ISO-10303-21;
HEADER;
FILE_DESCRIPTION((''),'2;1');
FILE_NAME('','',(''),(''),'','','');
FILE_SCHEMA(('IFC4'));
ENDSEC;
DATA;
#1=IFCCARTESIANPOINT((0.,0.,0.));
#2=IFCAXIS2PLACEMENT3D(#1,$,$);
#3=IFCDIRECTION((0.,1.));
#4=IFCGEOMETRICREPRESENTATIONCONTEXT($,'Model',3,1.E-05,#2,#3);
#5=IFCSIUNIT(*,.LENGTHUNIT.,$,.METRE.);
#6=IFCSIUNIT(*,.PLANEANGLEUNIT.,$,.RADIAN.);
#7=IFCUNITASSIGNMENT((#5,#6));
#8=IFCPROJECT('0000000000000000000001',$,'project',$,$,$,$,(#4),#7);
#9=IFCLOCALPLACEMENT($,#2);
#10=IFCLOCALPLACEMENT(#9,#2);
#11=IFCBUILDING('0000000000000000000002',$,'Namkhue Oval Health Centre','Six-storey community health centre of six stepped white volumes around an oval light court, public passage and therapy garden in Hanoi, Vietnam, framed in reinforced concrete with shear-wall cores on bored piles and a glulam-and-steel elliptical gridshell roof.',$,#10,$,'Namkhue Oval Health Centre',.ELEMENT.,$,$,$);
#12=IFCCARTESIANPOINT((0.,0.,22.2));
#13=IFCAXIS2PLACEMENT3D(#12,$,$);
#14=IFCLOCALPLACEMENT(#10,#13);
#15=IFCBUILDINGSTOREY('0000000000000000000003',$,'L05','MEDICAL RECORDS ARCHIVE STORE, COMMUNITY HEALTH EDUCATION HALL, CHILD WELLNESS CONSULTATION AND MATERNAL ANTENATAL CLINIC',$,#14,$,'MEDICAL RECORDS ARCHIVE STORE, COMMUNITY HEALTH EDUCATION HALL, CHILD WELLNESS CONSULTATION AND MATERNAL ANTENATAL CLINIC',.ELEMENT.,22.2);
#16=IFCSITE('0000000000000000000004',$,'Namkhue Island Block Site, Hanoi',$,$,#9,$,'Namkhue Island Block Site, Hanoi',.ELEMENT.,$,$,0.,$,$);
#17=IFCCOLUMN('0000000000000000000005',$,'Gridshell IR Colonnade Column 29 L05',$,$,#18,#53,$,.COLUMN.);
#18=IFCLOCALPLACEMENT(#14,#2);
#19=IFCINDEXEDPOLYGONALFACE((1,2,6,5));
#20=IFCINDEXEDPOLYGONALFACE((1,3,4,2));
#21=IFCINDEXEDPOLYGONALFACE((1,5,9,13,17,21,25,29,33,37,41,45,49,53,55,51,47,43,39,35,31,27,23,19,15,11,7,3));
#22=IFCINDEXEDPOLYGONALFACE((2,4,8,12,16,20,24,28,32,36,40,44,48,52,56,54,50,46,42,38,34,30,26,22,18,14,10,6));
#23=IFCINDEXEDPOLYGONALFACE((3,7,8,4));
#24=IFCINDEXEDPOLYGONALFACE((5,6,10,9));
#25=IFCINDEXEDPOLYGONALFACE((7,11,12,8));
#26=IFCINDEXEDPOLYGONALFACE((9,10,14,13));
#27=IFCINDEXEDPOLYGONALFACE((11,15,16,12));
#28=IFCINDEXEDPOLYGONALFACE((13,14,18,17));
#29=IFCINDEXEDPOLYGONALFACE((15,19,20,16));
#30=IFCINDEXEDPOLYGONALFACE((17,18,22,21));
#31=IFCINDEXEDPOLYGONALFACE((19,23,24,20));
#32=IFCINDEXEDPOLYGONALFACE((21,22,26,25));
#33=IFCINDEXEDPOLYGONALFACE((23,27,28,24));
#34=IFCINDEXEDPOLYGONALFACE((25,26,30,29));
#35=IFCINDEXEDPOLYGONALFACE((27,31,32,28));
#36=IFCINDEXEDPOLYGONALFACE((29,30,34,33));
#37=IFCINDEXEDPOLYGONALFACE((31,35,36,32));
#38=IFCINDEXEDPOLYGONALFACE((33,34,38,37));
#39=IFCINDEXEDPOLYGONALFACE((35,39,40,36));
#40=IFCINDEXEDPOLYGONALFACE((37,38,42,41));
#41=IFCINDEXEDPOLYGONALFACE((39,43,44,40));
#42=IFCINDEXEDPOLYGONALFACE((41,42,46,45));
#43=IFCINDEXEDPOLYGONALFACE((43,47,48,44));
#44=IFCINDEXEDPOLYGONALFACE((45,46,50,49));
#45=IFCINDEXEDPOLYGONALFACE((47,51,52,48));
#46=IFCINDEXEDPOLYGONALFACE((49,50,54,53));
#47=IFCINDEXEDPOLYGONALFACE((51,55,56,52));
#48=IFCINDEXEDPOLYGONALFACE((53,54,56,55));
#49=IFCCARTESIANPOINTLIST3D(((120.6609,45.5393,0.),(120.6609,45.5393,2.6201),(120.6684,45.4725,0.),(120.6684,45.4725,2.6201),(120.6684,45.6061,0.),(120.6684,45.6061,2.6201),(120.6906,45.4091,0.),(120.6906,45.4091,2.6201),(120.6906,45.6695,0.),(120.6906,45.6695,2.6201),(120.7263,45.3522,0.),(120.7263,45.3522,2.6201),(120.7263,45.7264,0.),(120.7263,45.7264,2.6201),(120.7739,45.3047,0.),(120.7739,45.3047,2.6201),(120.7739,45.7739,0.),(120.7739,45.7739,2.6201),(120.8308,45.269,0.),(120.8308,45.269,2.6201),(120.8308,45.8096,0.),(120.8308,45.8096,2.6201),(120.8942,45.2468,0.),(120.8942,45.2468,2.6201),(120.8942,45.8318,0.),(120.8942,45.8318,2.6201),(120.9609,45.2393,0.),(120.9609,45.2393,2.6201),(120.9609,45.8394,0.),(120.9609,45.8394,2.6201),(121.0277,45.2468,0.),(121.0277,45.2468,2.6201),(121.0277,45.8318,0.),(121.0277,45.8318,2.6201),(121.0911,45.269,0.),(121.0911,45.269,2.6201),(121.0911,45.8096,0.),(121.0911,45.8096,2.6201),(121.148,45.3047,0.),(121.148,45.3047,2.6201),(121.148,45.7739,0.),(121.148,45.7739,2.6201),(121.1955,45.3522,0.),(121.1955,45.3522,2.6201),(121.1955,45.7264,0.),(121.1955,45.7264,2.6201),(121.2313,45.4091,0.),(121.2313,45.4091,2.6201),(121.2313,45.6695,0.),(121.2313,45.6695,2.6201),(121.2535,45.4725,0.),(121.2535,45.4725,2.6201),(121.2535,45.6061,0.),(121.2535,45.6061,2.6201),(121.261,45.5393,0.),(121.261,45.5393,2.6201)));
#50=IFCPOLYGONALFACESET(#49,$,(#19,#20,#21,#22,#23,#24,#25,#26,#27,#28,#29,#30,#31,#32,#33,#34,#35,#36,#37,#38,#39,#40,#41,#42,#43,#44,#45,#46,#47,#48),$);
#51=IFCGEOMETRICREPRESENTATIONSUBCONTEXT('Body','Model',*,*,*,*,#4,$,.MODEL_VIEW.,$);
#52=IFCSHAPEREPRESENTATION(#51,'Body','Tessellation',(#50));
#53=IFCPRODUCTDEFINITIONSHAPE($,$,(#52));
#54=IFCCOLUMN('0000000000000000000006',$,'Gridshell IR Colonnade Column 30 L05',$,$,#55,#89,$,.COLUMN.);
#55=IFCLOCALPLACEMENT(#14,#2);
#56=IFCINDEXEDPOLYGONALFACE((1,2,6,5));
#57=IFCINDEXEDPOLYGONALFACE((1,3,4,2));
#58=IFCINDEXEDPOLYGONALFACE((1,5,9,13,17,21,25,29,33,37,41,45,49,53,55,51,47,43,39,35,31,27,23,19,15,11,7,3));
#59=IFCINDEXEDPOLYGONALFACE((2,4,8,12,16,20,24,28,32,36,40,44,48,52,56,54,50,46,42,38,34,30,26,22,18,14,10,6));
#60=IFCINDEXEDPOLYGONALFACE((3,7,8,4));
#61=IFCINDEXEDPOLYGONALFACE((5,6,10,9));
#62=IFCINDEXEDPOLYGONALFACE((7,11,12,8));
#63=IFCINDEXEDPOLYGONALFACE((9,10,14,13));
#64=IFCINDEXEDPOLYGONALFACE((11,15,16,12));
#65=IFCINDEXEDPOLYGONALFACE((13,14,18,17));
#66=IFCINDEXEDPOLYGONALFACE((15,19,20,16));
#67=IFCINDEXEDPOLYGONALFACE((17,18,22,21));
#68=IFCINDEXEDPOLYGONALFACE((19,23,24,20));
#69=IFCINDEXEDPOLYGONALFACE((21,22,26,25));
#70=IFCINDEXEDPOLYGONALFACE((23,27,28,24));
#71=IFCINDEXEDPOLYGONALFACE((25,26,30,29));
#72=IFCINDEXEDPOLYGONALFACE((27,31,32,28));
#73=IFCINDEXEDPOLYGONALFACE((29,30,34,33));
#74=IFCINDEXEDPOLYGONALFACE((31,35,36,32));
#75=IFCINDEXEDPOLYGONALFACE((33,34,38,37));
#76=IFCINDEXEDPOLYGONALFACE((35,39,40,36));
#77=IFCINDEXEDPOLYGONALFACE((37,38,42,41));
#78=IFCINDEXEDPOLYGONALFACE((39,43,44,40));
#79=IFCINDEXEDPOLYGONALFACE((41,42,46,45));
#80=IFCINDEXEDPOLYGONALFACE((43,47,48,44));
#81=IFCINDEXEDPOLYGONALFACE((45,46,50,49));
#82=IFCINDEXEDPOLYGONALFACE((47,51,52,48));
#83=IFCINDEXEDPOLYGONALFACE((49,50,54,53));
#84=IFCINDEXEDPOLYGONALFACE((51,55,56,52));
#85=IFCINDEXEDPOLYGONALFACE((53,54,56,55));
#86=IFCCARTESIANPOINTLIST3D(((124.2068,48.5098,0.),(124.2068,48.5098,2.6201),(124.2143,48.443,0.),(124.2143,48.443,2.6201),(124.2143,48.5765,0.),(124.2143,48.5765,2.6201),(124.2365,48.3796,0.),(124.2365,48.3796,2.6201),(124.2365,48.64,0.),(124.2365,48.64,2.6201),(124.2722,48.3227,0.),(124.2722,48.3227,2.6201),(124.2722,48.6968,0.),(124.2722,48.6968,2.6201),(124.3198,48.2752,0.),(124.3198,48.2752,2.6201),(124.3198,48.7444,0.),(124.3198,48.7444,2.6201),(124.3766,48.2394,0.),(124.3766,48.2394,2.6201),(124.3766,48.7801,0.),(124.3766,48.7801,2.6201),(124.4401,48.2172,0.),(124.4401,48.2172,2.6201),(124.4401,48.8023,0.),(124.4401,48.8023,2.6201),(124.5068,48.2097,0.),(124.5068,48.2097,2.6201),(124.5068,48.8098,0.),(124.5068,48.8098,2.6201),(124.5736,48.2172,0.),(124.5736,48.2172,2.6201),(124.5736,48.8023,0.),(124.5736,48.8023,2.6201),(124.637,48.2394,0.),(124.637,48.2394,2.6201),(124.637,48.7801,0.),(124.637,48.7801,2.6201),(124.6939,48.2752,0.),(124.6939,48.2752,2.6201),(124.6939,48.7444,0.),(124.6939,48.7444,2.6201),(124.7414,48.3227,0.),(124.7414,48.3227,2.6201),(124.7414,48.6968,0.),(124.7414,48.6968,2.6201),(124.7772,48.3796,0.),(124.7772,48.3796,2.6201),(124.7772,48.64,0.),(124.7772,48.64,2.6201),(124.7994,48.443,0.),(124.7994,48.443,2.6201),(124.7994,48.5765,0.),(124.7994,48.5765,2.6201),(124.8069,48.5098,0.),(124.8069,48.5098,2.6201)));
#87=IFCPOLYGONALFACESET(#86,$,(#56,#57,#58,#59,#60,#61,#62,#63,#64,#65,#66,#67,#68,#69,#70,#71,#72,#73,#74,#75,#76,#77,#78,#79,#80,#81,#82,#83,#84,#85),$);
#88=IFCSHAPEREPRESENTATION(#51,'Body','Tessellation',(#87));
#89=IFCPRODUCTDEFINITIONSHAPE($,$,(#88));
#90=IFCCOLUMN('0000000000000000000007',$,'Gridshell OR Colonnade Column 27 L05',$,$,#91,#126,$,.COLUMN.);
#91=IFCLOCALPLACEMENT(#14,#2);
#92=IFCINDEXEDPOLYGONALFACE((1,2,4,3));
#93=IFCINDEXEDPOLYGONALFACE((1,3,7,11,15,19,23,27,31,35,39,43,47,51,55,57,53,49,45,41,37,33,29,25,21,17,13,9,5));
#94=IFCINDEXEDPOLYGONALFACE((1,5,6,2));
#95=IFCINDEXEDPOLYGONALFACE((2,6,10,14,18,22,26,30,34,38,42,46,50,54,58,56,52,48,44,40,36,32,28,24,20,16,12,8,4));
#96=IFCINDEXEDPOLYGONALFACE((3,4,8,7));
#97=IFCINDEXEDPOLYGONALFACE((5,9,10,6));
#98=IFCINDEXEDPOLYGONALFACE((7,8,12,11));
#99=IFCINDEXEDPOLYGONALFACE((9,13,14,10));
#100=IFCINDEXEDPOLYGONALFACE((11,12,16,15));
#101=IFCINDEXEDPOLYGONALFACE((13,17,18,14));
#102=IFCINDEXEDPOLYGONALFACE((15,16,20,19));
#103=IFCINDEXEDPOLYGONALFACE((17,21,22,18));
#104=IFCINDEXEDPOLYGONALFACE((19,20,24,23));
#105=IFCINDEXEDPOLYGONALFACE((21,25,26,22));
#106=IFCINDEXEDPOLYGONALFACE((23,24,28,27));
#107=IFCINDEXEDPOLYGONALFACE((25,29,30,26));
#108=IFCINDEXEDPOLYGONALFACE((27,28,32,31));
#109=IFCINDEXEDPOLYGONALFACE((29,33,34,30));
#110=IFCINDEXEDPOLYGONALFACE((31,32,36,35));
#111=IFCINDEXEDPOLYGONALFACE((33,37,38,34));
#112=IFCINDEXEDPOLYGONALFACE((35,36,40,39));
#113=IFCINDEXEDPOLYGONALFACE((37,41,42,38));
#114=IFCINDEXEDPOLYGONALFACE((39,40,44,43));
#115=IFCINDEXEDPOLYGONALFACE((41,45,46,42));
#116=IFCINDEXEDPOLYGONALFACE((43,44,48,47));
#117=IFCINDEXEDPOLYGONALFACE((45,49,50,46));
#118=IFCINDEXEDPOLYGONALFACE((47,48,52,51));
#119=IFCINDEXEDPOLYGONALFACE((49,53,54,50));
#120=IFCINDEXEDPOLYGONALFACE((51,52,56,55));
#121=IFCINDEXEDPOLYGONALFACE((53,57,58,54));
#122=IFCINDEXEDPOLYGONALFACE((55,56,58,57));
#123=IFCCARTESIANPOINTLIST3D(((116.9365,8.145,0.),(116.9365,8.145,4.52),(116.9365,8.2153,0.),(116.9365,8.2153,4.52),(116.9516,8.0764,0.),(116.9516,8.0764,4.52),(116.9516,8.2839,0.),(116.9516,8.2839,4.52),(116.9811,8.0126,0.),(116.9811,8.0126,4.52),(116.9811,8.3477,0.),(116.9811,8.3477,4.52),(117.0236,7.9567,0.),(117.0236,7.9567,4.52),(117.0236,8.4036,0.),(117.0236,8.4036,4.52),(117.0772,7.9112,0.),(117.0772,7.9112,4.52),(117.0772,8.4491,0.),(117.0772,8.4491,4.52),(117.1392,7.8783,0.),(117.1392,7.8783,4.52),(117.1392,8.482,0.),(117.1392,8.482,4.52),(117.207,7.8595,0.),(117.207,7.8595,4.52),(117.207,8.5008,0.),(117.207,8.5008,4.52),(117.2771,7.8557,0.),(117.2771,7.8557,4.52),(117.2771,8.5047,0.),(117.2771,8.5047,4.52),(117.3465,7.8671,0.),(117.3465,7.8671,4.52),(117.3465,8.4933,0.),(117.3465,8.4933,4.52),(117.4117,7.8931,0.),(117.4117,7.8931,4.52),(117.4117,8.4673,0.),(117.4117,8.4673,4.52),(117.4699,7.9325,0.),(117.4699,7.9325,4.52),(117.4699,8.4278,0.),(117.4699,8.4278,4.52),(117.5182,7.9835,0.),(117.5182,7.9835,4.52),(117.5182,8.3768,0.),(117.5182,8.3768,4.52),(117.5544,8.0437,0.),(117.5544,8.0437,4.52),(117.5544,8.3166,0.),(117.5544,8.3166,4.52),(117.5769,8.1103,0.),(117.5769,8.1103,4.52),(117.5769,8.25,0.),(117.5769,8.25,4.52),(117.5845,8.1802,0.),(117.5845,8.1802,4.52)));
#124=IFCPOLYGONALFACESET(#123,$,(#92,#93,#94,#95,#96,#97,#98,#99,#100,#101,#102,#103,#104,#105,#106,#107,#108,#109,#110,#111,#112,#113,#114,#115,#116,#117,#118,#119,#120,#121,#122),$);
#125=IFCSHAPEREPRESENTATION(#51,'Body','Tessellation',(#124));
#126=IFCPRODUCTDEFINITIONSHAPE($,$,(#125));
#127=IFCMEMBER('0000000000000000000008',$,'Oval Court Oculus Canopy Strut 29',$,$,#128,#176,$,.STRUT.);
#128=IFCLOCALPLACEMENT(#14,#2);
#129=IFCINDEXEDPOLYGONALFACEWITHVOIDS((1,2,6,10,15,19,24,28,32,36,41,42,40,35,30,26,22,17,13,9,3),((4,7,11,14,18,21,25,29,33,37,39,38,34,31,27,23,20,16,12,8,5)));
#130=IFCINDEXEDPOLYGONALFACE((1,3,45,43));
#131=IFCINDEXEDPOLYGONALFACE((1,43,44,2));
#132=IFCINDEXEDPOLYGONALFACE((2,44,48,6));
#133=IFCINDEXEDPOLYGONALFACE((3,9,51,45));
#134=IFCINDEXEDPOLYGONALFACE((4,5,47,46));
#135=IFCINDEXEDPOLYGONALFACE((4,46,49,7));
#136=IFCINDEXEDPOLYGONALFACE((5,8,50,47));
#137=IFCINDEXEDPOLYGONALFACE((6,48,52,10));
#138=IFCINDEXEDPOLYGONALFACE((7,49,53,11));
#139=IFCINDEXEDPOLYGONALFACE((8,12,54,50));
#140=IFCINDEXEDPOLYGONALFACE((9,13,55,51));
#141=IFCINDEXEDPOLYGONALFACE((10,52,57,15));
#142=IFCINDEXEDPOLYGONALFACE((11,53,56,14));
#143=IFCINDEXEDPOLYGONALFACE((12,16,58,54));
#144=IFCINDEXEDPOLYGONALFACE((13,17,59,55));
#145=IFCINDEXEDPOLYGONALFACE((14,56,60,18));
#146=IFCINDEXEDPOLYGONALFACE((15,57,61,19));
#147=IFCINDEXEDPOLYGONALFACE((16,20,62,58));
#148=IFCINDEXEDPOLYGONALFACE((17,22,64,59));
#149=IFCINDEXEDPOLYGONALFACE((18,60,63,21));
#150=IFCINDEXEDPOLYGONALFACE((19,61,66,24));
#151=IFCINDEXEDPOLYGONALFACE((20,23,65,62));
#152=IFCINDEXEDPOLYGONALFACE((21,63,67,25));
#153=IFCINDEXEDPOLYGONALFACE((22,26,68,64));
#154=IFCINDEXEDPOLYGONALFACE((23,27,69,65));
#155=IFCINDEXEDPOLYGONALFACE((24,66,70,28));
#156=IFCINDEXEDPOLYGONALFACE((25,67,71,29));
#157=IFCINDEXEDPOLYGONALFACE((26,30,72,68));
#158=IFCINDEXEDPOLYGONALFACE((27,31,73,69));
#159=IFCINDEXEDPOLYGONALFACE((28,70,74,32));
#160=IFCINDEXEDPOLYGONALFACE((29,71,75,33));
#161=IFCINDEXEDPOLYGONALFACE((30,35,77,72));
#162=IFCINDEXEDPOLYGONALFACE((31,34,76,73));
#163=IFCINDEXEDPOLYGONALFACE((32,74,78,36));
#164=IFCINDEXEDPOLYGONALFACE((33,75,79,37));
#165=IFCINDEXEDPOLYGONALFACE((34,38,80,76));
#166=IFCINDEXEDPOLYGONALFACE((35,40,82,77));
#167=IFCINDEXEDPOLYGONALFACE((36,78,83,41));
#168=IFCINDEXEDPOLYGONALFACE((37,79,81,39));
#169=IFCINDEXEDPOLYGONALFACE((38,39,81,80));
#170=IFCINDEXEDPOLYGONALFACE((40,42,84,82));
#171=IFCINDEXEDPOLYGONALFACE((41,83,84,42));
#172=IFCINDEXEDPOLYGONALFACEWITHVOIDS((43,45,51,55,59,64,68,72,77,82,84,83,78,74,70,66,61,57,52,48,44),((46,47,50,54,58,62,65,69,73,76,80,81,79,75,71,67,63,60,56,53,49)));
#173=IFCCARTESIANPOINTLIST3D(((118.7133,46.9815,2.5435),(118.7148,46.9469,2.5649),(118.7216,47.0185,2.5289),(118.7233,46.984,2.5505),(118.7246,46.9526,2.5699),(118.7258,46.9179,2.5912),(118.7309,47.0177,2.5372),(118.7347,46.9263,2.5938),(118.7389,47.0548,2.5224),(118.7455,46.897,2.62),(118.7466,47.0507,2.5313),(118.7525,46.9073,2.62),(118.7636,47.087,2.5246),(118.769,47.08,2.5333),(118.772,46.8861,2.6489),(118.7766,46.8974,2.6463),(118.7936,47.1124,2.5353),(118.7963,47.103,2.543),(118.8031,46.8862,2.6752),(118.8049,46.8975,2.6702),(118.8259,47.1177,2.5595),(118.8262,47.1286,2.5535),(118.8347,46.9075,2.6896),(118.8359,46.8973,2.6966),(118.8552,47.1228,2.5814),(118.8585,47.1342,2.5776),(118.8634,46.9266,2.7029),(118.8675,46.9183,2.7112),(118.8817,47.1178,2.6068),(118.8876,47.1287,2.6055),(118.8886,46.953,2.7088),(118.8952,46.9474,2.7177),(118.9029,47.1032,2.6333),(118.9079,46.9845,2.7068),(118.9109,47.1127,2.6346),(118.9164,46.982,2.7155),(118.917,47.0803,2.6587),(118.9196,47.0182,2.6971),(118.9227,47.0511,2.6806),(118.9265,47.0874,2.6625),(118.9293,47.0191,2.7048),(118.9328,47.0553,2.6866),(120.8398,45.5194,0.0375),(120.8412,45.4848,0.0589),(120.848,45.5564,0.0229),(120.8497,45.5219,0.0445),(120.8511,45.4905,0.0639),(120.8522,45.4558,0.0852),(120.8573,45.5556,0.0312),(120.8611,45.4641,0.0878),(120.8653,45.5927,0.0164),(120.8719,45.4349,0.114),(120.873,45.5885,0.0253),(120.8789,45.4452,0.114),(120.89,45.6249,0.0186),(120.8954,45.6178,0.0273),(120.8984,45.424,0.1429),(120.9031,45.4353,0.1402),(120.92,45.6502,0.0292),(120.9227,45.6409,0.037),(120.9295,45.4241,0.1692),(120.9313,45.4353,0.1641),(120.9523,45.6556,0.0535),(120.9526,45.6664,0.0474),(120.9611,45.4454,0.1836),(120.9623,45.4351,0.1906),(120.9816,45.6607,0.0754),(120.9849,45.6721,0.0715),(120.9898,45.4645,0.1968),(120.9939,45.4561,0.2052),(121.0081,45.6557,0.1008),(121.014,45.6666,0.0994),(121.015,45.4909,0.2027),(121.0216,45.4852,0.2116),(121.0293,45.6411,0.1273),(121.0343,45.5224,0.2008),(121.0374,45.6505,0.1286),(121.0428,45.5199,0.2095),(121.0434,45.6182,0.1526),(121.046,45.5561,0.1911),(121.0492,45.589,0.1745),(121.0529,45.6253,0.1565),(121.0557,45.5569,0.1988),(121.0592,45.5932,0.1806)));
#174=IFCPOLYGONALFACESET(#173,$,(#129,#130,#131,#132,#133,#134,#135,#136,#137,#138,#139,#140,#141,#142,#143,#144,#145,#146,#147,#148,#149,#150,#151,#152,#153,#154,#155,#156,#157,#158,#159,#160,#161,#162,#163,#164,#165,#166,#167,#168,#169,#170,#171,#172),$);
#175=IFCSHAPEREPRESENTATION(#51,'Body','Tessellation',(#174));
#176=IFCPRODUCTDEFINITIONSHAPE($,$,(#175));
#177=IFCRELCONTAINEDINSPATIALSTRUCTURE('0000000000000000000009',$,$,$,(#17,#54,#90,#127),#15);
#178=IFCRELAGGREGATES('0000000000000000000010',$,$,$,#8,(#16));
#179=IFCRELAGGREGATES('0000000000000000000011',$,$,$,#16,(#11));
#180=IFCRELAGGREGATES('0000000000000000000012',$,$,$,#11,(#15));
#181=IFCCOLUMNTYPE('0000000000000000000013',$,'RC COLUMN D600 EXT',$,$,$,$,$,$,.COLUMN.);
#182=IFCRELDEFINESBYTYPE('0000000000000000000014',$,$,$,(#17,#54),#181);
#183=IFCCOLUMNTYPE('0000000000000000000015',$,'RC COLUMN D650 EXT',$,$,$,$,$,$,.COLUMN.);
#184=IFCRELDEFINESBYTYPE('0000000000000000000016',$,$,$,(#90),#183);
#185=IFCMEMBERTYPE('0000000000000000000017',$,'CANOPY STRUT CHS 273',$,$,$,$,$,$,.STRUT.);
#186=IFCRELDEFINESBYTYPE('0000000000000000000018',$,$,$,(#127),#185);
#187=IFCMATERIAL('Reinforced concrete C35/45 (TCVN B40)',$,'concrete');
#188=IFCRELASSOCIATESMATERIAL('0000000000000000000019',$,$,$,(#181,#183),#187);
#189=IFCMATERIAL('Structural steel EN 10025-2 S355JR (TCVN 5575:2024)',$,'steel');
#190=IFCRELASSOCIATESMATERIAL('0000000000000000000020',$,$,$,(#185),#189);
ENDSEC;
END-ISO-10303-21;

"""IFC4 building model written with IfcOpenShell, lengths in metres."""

from ifc_helpers import new_model, si_unit, direction, frame, origin, origin_2d, place, context, subcontext, project, spatial, circle, hollow_circle, extrude, material, material_profile, profile_set, type_object, element, save


model = new_model("IFC4")

# Units and contexts
model_context = context("Model", 3, precision=1e-05, world=origin(), true_north=direction((0.0, 1.0)))
body_context = subcontext(model_context, "Body", "Model", "MODEL_VIEW")
ifc_project = project(units=[si_unit("LENGTHUNIT", "METRE"), si_unit("PLANEANGLEUNIT", "RADIAN")], contexts=[model_context])

# Site, building, storey
site_placement = place(None, origin())
site = spatial("IfcSite", under=ifc_project, at=site_placement, Name="Namkhue Island Block Site, Hanoi", LongName="Namkhue Island Block Site, Hanoi", CompositionType="ELEMENT", RefElevation=0.0)
building_placement = place(site_placement, origin())
building = spatial("IfcBuilding", under=site, at=building_placement, Name="Namkhue Oval Health Centre", Description="Six-storey community health centre of six stepped white volumes around an oval light court, public passage and therapy garden in Hanoi, Vietnam, framed in reinforced concrete with shear-wall cores on bored piles and a glulam-and-steel elliptical gridshell roof.", LongName="Namkhue Oval Health Centre", CompositionType="ELEMENT")
storey_placement = place(building_placement, frame((0.0, 0.0, 22.2)))
storey = spatial("IfcBuildingStorey", under=building, at=storey_placement, Name="L05", Description="MEDICAL RECORDS ARCHIVE STORE, COMMUNITY HEALTH EDUCATION HALL, CHILD WELLNESS CONSULTATION AND MATERNAL ANTENATAL CLINIC", LongName="MEDICAL RECORDS ARCHIVE STORE, COMMUNITY HEALTH EDUCATION HALL, CHILD WELLNESS CONSULTATION AND MATERNAL ANTENATAL CLINIC", CompositionType="ELEMENT", Elevation=22.2)

# Columns
ifc_material_1 = material(Name="Reinforced concrete C35/45 (TCVN B40)", Category="concrete")
ifc_material_profile_1 = material_profile(ifc_material_1, circle(Radius=0.3, at=origin_2d()), Name="RC D600")
ifc_profile_set_1 = profile_set([ifc_material_profile_1], Name="Reinforced concrete C35/45 (TCVN B40)")
column_type_1 = type_object("IfcColumnType", Name="RC COLUMN D600 EXT", PredefinedType="COLUMN", material=ifc_profile_set_1)
for number, where, z_axis, x_axis, name in (
    (1, (120.9609, 45.5393, 0.0), (0.0, 0.0, 1.0), (1.0, 0.0, 0.0), "Gridshell IR Colonnade Column 29 L05"),
    (2, (124.5068, 48.5098, 0.0), (0.0, 0.0, 1.0), (1.0, 0.0, 0.0), "Gridshell IR Colonnade Column 30 L05"),
):
    element("IfcColumn", number, at=place(storey_placement, frame(where, z_axis=z_axis, x_axis=x_axis)), inside=storey, type_object=column_type_1, Name=name, PredefinedType="COLUMN", context=body_context, shape_type="SweptSolid", body=[
        extrude(circle(Radius=0.3, at=origin_2d()), origin(), (0.0, 0.0, 1.0), 2.6201),
    ])
ifc_material_profile_2 = material_profile(ifc_material_1, circle(Radius=0.325, at=origin_2d()), Name="RC D650")
ifc_profile_set_2 = profile_set([ifc_material_profile_2], Name="Reinforced concrete C35/45 (TCVN B40)")
column_type_2 = type_object("IfcColumnType", Name="RC COLUMN D650 EXT", PredefinedType="COLUMN", material=ifc_profile_set_2)
column_placement = place(storey_placement, frame((117.2595, 8.1802, 0.0), z_axis=(0.0, 0.0, 1.0), x_axis=(1.0, 0.0, 0.0)))
element("IfcColumn", 3, at=column_placement, inside=storey, type_object=column_type_2, Name="Gridshell OR Colonnade Column 27 L05", PredefinedType="COLUMN", context=body_context, shape_type="SweptSolid", body=[
    extrude(circle(Radius=0.325, at=origin_2d()), origin(), (0.0, 0.0, 1.0), 4.52),
])

# Member
ifc_material_2 = material(Name="Structural steel EN 10025-2 S355JR (TCVN 5575:2024)", Category="steel")
ifc_material_profile_3 = material_profile(ifc_material_2, hollow_circle(Radius=0.1365, WallThickness=0.0125, at=origin_2d()), Name="CHS 273x12.5")
ifc_profile_set_3 = profile_set([ifc_material_profile_3], Name="Structural steel EN 10025-2 S355JR (TCVN 5575:2024)")
member_type_1 = type_object("IfcMemberType", Name="CANOPY STRUT CHS 273", PredefinedType="STRUT", material=ifc_profile_set_3)
member_1_placement = place(storey_placement, frame((120.9492, 45.5474, 0.114), z_axis=(-0.591134, 0.406464, 0.696669), x_axis=(-0.566585, -0.824003, 0.0)))
element("IfcMember", 4, at=member_1_placement, inside=storey, type_object=member_type_1, Name="Oval Court Oculus Canopy Strut 29", PredefinedType="STRUT", context=body_context, shape_type="SweptSolid", body=[
    extrude(hollow_circle(Radius=0.1365, WallThickness=0.0125, at=origin_2d()), origin(), (0.0, 0.0, 1.0), 3.5972),
])

save(model, "model.ifc")
